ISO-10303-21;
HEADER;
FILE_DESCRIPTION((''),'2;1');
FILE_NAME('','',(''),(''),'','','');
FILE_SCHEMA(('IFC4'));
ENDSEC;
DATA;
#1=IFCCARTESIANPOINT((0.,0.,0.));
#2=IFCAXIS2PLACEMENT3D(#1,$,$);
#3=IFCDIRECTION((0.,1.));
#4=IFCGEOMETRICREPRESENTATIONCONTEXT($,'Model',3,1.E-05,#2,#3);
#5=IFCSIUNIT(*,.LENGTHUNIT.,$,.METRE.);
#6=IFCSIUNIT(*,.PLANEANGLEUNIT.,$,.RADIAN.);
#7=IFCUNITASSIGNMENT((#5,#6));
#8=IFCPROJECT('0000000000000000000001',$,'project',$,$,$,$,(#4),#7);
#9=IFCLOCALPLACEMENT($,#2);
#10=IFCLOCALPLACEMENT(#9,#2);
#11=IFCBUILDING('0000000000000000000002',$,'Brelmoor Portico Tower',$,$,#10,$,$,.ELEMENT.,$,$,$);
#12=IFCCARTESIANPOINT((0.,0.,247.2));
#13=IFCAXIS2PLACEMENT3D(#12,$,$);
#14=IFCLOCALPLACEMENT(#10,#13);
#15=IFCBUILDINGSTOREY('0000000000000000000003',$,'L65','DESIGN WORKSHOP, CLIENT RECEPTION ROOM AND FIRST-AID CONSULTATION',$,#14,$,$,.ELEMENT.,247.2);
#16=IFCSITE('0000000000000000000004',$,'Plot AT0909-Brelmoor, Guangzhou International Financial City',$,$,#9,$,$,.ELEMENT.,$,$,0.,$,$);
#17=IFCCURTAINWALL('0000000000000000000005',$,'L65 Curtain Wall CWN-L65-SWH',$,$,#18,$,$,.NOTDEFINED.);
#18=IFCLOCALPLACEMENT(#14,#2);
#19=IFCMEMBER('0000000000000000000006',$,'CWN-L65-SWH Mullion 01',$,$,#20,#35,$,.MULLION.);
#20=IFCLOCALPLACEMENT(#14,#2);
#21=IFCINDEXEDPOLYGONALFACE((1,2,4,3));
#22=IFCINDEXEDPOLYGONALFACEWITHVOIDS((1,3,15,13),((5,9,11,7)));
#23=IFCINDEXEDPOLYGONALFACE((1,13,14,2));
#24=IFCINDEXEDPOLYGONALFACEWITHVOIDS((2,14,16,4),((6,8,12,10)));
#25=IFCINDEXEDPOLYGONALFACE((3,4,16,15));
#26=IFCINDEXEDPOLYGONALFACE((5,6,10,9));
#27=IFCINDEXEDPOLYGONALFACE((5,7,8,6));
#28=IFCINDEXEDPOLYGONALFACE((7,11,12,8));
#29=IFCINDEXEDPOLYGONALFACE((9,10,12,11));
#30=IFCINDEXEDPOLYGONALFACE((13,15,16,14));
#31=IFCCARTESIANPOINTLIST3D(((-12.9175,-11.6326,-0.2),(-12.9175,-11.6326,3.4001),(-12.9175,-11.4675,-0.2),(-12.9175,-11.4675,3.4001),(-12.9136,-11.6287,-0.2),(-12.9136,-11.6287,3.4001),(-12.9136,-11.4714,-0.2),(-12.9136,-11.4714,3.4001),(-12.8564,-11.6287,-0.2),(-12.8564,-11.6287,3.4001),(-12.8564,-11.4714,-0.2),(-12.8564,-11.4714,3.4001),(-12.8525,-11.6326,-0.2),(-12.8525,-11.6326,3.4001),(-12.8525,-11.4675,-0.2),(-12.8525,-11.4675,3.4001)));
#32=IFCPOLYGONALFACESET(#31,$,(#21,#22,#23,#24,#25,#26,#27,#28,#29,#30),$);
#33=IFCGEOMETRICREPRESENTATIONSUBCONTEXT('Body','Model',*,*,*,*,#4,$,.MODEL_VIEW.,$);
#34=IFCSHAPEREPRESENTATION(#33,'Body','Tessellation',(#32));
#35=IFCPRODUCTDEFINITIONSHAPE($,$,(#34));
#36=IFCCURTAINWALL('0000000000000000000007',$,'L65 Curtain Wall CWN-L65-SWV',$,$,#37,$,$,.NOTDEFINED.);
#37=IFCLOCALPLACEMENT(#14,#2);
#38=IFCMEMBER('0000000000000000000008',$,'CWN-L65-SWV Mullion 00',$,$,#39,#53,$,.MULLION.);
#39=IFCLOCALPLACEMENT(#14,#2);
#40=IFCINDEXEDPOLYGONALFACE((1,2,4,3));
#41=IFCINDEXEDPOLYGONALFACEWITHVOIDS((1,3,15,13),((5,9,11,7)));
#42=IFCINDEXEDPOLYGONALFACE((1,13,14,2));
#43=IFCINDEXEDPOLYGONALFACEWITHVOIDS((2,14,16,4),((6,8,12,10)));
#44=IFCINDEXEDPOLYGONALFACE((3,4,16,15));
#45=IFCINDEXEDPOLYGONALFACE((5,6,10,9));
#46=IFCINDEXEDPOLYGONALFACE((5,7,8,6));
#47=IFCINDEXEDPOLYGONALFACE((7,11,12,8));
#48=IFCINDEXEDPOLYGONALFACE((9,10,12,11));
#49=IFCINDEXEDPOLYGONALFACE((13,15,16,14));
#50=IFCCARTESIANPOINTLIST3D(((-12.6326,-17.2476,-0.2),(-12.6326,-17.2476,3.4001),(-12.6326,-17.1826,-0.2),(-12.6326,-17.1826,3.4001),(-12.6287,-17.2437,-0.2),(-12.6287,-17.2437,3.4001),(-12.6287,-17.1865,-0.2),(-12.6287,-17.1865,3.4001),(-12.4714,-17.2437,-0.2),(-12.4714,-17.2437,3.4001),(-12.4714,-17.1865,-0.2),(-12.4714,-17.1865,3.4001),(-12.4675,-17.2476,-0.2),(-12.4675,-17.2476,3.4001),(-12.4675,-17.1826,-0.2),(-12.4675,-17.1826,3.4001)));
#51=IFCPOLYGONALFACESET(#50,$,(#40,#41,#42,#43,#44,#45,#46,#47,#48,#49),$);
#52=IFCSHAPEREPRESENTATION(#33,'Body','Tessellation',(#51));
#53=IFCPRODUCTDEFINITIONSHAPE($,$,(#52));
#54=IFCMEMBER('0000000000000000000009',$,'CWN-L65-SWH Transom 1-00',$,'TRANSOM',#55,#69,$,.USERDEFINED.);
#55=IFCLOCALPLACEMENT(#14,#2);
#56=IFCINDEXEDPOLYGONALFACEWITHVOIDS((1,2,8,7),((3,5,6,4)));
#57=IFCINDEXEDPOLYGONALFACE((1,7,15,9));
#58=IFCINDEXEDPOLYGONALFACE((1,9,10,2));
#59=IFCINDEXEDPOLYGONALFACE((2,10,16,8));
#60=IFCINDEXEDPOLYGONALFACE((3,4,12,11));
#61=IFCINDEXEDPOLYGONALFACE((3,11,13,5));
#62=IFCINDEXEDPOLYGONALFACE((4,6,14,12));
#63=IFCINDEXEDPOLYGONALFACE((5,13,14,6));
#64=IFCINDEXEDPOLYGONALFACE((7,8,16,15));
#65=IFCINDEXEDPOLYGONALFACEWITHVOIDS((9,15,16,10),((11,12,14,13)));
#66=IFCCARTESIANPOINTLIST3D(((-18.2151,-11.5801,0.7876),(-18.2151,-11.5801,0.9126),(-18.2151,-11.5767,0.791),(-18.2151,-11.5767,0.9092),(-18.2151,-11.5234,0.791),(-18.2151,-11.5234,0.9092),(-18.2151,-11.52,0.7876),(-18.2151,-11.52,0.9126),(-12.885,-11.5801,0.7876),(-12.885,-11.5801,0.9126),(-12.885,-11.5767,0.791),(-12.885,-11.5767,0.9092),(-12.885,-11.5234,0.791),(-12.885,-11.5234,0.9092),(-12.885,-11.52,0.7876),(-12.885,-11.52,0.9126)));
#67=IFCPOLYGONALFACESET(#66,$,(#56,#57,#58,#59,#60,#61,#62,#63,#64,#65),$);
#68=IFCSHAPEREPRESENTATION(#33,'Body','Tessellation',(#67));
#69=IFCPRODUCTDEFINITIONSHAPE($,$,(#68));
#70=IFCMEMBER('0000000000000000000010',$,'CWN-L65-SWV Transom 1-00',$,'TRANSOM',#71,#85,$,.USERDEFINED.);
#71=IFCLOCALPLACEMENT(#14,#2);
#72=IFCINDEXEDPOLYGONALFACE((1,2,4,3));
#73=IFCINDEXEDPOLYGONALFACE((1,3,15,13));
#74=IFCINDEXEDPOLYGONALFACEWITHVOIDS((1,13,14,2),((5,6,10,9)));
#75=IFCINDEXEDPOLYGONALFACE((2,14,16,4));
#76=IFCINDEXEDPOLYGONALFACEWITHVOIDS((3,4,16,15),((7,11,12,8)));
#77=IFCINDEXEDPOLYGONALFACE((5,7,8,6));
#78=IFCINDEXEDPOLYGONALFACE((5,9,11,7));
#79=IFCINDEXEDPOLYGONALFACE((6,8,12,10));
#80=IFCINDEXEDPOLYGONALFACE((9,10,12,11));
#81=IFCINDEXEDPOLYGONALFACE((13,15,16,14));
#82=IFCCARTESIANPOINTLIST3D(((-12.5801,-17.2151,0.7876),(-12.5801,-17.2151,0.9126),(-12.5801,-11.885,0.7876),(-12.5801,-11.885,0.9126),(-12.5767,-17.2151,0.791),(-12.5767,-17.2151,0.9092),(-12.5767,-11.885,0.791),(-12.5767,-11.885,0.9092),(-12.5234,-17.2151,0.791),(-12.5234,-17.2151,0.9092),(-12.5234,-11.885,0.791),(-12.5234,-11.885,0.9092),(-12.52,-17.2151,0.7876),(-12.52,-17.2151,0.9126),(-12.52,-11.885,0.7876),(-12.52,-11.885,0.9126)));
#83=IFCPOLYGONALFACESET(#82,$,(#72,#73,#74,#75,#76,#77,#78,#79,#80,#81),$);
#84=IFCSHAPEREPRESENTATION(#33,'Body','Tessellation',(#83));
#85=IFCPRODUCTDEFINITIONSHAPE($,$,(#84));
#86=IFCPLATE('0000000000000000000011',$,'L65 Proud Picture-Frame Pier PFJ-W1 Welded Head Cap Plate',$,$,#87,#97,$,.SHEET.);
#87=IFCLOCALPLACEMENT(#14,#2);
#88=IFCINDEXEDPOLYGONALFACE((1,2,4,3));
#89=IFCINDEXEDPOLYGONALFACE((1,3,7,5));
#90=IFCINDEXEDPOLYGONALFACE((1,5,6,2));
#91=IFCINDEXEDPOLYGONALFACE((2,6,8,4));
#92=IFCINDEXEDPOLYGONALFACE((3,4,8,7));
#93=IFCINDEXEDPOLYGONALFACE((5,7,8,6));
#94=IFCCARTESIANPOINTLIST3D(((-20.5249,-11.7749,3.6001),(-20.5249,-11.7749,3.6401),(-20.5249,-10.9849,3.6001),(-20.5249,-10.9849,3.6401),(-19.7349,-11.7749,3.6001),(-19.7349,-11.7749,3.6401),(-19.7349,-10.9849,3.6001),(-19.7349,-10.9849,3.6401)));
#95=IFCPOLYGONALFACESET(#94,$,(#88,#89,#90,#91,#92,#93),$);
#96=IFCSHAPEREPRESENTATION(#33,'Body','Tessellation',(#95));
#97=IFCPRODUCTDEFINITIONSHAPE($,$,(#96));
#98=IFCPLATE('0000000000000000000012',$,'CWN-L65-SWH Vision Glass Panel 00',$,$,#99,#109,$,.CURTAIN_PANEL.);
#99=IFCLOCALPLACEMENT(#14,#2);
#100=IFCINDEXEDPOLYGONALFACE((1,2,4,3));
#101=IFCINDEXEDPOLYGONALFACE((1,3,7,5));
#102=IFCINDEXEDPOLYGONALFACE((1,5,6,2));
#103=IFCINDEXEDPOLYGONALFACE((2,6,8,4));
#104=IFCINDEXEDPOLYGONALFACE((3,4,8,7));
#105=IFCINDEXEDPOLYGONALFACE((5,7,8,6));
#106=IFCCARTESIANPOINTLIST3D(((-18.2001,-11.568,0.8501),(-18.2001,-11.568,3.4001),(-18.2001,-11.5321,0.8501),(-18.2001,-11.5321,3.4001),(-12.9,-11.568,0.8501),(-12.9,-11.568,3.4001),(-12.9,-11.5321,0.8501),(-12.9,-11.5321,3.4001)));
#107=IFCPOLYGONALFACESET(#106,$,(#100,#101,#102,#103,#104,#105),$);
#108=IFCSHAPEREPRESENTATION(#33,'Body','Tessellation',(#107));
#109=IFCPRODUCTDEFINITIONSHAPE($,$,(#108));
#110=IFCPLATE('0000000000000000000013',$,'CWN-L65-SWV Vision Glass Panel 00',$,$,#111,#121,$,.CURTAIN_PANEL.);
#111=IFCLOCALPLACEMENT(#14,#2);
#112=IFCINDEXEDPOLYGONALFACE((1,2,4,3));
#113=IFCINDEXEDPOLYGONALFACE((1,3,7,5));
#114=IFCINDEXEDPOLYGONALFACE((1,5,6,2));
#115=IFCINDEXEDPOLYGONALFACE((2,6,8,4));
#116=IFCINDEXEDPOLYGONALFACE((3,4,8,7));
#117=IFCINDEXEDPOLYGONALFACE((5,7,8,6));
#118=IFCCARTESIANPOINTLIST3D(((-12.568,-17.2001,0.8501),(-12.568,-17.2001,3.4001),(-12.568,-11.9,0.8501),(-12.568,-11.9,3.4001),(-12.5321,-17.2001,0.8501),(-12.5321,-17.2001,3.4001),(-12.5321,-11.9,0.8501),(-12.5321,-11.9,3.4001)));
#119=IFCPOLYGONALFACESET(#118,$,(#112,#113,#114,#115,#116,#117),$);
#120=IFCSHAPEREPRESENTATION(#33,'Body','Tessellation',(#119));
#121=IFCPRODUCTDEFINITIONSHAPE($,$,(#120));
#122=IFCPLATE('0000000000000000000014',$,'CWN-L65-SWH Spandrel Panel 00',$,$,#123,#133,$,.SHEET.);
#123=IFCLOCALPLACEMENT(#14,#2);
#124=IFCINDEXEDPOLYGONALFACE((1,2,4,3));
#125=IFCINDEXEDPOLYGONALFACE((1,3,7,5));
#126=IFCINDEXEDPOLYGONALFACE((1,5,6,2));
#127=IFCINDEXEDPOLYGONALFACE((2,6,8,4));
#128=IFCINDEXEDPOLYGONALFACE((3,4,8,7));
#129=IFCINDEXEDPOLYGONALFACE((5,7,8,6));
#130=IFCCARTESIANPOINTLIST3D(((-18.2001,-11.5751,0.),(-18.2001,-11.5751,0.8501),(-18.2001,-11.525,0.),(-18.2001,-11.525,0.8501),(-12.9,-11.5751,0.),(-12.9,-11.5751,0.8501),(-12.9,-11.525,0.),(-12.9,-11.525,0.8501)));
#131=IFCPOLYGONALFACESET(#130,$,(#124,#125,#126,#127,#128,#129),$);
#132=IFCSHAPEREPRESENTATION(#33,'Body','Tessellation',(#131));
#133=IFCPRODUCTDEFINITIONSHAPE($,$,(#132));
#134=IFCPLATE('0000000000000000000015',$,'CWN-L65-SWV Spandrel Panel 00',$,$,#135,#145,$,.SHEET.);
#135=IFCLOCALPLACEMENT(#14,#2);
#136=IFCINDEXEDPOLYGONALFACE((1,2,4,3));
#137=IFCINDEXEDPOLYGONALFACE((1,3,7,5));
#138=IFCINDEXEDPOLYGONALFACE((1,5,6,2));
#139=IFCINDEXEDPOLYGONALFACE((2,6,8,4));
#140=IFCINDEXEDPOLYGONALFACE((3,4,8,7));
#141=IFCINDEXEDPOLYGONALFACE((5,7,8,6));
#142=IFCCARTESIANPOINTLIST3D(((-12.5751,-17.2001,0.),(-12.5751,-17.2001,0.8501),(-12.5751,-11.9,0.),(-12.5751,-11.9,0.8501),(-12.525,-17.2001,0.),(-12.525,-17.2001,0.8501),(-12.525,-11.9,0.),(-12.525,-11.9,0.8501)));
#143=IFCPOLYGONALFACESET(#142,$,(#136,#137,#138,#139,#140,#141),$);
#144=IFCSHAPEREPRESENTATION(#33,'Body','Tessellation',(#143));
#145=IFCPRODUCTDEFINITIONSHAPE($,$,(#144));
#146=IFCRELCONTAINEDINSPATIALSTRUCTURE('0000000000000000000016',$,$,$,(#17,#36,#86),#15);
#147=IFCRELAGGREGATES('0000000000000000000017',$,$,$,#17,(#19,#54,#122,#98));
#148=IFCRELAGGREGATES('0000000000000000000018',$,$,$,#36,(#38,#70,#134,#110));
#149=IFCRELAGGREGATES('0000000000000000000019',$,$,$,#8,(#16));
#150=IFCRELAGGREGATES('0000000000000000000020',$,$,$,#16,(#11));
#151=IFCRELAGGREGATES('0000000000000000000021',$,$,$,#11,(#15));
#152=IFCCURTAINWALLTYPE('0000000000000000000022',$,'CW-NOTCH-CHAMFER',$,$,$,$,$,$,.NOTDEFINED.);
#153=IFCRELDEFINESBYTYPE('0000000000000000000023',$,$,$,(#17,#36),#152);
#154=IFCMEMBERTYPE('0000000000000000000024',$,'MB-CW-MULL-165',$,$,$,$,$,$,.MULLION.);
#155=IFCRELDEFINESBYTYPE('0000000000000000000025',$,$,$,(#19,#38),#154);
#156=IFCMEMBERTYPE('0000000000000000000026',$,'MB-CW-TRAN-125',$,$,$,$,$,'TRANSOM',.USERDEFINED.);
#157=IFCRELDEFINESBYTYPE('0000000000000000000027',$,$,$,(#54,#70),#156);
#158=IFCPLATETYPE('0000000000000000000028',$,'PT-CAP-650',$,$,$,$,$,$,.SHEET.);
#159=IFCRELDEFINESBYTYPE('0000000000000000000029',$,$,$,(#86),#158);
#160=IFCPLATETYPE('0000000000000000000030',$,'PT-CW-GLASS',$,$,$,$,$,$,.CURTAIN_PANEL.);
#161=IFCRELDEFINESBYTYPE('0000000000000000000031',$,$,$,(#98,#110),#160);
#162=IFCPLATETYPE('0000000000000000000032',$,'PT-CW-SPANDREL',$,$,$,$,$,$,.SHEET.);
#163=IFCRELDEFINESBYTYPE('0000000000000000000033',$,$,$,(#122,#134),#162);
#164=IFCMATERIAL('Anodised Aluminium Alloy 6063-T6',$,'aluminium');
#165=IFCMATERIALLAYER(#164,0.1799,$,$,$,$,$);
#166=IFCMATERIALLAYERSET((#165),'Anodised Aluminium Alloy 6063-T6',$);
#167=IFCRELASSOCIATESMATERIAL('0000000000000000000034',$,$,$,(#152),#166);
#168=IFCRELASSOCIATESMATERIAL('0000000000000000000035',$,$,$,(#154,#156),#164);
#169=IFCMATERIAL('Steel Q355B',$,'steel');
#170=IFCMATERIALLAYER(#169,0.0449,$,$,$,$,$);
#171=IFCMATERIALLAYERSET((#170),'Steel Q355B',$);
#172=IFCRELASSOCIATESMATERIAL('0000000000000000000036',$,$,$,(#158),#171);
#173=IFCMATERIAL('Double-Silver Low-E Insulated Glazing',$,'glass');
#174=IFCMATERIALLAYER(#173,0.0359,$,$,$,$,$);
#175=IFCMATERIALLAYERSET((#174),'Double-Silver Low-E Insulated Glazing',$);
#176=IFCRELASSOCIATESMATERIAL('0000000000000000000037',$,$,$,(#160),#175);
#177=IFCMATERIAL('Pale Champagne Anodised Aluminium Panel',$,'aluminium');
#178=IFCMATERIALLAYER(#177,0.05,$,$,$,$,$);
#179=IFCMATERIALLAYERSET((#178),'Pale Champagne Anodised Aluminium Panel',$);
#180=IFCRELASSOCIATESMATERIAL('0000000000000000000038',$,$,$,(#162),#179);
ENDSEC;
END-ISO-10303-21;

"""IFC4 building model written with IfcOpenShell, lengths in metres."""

from ifc_helpers import new_model, si_unit, direction, frame, origin, origin_2d, place, context, subcontext, project, spatial, rectangle, hollow_rectangle, extrude, material, layer, layer_set, material_profile, profile_set, type_object, element, aggregate, save


model = new_model("IFC4")

# Units and contexts
model_context = context("Model", 3, precision=1e-05, world=origin(), true_north=direction((0.0, 1.0)))
body_context = subcontext(model_context, "Body", "Model", "MODEL_VIEW")
ifc_project = project(units=[si_unit("LENGTHUNIT", "METRE"), si_unit("PLANEANGLEUNIT", "RADIAN")], contexts=[model_context])

# Site, building, storey
site_placement = place(None, origin())
site = spatial("IfcSite", under=ifc_project, at=site_placement, Name="Plot AT0909-Brelmoor, Guangzhou International Financial City", CompositionType="ELEMENT", RefElevation=0.0)
building_placement = place(site_placement, origin())
building = spatial("IfcBuilding", under=site, at=building_placement, Name="Brelmoor Portico Tower", CompositionType="ELEMENT")
storey_placement = place(building_placement, frame((0.0, 0.0, 247.2)))
storey = spatial("IfcBuildingStorey", under=building, at=storey_placement, Name="L65", Description="DESIGN WORKSHOP, CLIENT RECEPTION ROOM AND FIRST-AID CONSULTATION", CompositionType="ELEMENT", Elevation=247.2)

# Shared definitions
ifc_material_1 = material(Name="Steel Q355B", Category="steel")

# Curtain wall, member
ifc_material_2 = material(Name="Anodised Aluminium Alloy 6063-T6", Category="aluminium")
ifc_layer_1 = layer(ifc_material_2, 0.1799)
ifc_layer_set_1 = layer_set([ifc_layer_1], Name="Anodised Aluminium Alloy 6063-T6")
curtain_wall_type = type_object("IfcCurtainWallType", Name="CW-NOTCH-CHAMFER", PredefinedType="NOTDEFINED", material=ifc_layer_set_1)
curtain_wall_1_placement = place(storey_placement, origin())
curtain_wall_1 = element("IfcCurtainWall", 1, at=curtain_wall_1_placement, inside=storey, type_object=curtain_wall_type, Name="L65 Curtain Wall CWN-L65-SWH", PredefinedType="NOTDEFINED")
ifc_material_profile_1 = material_profile(ifc_material_2, hollow_rectangle(XDim=0.0649, YDim=0.165, WallThickness=0.0039, at=origin_2d()), Name="ALU MULLION 65x165")
ifc_profile_set_1 = profile_set([ifc_material_profile_1], Name="Anodised Aluminium Alloy 6063-T6")
member_type_1 = type_object("IfcMemberType", Name="MB-CW-MULL-165", PredefinedType="MULLION", material=ifc_profile_set_1)
member_1_placement = place(storey_placement, frame((-12.885, -11.55, -0.2), z_axis=(0.0, 0.0, 1.0), x_axis=(1.0, 0.0, 0.0)))
member_1 = element("IfcMember", 2, at=member_1_placement, type_object=member_type_1, Name="CWN-L65-SWH Mullion 01", PredefinedType="MULLION", context=body_context, shape_type="SweptSolid", body=[
    extrude(hollow_rectangle(XDim=0.0649, YDim=0.165, WallThickness=0.0039, at=origin_2d()), origin(), (0.0, 0.0, 1.0), 3.6001),
])

# Curtain wall, member
curtain_wall_2_placement = place(storey_placement, origin())
curtain_wall_2 = element("IfcCurtainWall", 3, at=curtain_wall_2_placement, inside=storey, type_object=curtain_wall_type, Name="L65 Curtain Wall CWN-L65-SWV", PredefinedType="NOTDEFINED")
member_2_placement = place(storey_placement, frame((-12.55, -17.2151, -0.2), z_axis=(0.0, 0.0, 1.0), x_axis=(0.0, 1.0, 0.0)))
member_2 = element("IfcMember", 4, at=member_2_placement, type_object=member_type_1, Name="CWN-L65-SWV Mullion 00", PredefinedType="MULLION", context=body_context, shape_type="SweptSolid", body=[
    extrude(hollow_rectangle(XDim=0.0649, YDim=0.165, WallThickness=0.0039, at=origin_2d()), origin(), (0.0, 0.0, 1.0), 3.6001),
])

# Members
ifc_material_profile_2 = material_profile(ifc_material_2, hollow_rectangle(XDim=0.0601, YDim=0.125, WallThickness=0.0034, at=origin_2d()), Name="ALU TRANSOM 60x125")
ifc_profile_set_2 = profile_set([ifc_material_profile_2], Name="Anodised Aluminium Alloy 6063-T6")
member_type_2 = type_object("IfcMemberType", Name="MB-CW-TRAN-125", ElementType="TRANSOM", PredefinedType="USERDEFINED", material=ifc_profile_set_2)
member_3_placement = place(storey_placement, frame((-18.2151, -11.55, 0.8501), z_axis=(1.0, 0.0, 0.0), x_axis=(0.0, 1.0, 0.0)))
member_3 = element("IfcMember", 5, at=member_3_placement, type_object=member_type_2, Name="CWN-L65-SWH Transom 1-00", ObjectType="TRANSOM", PredefinedType="USERDEFINED", context=body_context, shape_type="SweptSolid", body=[
    extrude(hollow_rectangle(XDim=0.0601, YDim=0.125, WallThickness=0.0034, at=origin_2d()), origin(), (0.0, 0.0, 1.0), 5.3301),
])
member_4_placement = place(storey_placement, frame((-12.55, -17.2151, 0.8501), z_axis=(0.0, 1.0, 0.0), x_axis=(-1.0, 0.0, 0.0)))
member_4 = element("IfcMember", 6, at=member_4_placement, type_object=member_type_2, Name="CWN-L65-SWV Transom 1-00", ObjectType="TRANSOM", PredefinedType="USERDEFINED", context=body_context, shape_type="SweptSolid", body=[
    extrude(hollow_rectangle(XDim=0.0601, YDim=0.125, WallThickness=0.0034, at=origin_2d()), origin(), (0.0, 0.0, 1.0), 5.3301),
])

# Plates
ifc_layer_2 = layer(ifc_material_1, 0.0449)
ifc_layer_set_2 = layer_set([ifc_layer_2], Name="Steel Q355B")
plate_type_1 = type_object("IfcPlateType", Name="PT-CAP-650", PredefinedType="SHEET", material=ifc_layer_set_2)
plate_1_placement = place(storey_placement, frame((-20.1299, -11.3799, 3.6001), z_axis=(0.0, 0.0, 1.0), x_axis=(0.0, 1.0, 0.0)))
element("IfcPlate", 7, at=plate_1_placement, inside=storey, type_object=plate_type_1, Name="L65 Proud Picture-Frame Pier PFJ-W1 Welded Head Cap Plate", PredefinedType="SHEET", context=body_context, shape_type="SweptSolid", body=[
    extrude(rectangle(XDim=0.79, YDim=0.79, at=origin_2d()), origin(), (0.0, 0.0, 1.0), 0.04),
])
ifc_material_3 = material(Name="Double-Silver Low-E Insulated Glazing", Category="glass")
ifc_layer_3 = layer(ifc_material_3, 0.0359)
ifc_layer_set_3 = layer_set([ifc_layer_3], Name="Double-Silver Low-E Insulated Glazing")
plate_type_2 = type_object("IfcPlateType", Name="PT-CW-GLASS", PredefinedType="CURTAIN_PANEL", material=ifc_layer_set_3)
plate_2_placement = place(storey_placement, frame((-15.55, -11.55, 0.8501), z_axis=(0.0, 0.0, 1.0), x_axis=(1.0, 0.0, 0.0)))
plate_2 = element("IfcPlate", 8, at=plate_2_placement, type_object=plate_type_2, Name="CWN-L65-SWH Vision Glass Panel 00", PredefinedType="CURTAIN_PANEL", context=body_context, shape_type="SweptSolid", body=[
    extrude(rectangle(XDim=5.3, YDim=0.0359, at=origin_2d()), origin(), (0.0, 0.0, 1.0), 2.55),
])
plate_3_placement = place(storey_placement, frame((-12.55, -14.55, 0.8501), z_axis=(0.0, 0.0, 1.0), x_axis=(0.0, 1.0, 0.0)))
plate_3 = element("IfcPlate", 9, at=plate_3_placement, type_object=plate_type_2, Name="CWN-L65-SWV Vision Glass Panel 00", PredefinedType="CURTAIN_PANEL", context=body_context, shape_type="SweptSolid", body=[
    extrude(rectangle(XDim=5.3, YDim=0.0359, at=origin_2d()), origin(), (0.0, 0.0, 1.0), 2.55),
])
ifc_material_4 = material(Name="Pale Champagne Anodised Aluminium Panel", Category="aluminium")
ifc_layer_4 = layer(ifc_material_4, 0.05)
ifc_layer_set_4 = layer_set([ifc_layer_4], Name="Pale Champagne Anodised Aluminium Panel")
plate_type_3 = type_object("IfcPlateType", Name="PT-CW-SPANDREL", PredefinedType="SHEET", material=ifc_layer_set_4)
plate_4_placement = place(storey_placement, frame((-15.55, -11.55, 0.0), z_axis=(0.0, 0.0, 1.0), x_axis=(1.0, 0.0, 0.0)))
plate_4 = element("IfcPlate", 10, at=plate_4_placement, type_object=plate_type_3, Name="CWN-L65-SWH Spandrel Panel 00", PredefinedType="SHEET", context=body_context, shape_type="SweptSolid", body=[
    extrude(rectangle(XDim=5.3, YDim=0.05, at=origin_2d()), origin(), (0.0, 0.0, 1.0), 0.8501),
])
aggregate(curtain_wall_1, [member_1, member_3, plate_4, plate_2])
plate_5_placement = place(storey_placement, frame((-12.55, -14.55, 0.0), z_axis=(0.0, 0.0, 1.0), x_axis=(0.0, 1.0, 0.0)))
plate_5 = element("IfcPlate", 11, at=plate_5_placement, type_object=plate_type_3, Name="CWN-L65-SWV Spandrel Panel 00", PredefinedType="SHEET", context=body_context, shape_type="SweptSolid", body=[
    extrude(rectangle(XDim=5.3, YDim=0.05, at=origin_2d()), origin(), (0.0, 0.0, 1.0), 0.8501),
])
aggregate(curtain_wall_2, [member_2, member_4, plate_5, plate_3])

save(model, "model.ifc")
